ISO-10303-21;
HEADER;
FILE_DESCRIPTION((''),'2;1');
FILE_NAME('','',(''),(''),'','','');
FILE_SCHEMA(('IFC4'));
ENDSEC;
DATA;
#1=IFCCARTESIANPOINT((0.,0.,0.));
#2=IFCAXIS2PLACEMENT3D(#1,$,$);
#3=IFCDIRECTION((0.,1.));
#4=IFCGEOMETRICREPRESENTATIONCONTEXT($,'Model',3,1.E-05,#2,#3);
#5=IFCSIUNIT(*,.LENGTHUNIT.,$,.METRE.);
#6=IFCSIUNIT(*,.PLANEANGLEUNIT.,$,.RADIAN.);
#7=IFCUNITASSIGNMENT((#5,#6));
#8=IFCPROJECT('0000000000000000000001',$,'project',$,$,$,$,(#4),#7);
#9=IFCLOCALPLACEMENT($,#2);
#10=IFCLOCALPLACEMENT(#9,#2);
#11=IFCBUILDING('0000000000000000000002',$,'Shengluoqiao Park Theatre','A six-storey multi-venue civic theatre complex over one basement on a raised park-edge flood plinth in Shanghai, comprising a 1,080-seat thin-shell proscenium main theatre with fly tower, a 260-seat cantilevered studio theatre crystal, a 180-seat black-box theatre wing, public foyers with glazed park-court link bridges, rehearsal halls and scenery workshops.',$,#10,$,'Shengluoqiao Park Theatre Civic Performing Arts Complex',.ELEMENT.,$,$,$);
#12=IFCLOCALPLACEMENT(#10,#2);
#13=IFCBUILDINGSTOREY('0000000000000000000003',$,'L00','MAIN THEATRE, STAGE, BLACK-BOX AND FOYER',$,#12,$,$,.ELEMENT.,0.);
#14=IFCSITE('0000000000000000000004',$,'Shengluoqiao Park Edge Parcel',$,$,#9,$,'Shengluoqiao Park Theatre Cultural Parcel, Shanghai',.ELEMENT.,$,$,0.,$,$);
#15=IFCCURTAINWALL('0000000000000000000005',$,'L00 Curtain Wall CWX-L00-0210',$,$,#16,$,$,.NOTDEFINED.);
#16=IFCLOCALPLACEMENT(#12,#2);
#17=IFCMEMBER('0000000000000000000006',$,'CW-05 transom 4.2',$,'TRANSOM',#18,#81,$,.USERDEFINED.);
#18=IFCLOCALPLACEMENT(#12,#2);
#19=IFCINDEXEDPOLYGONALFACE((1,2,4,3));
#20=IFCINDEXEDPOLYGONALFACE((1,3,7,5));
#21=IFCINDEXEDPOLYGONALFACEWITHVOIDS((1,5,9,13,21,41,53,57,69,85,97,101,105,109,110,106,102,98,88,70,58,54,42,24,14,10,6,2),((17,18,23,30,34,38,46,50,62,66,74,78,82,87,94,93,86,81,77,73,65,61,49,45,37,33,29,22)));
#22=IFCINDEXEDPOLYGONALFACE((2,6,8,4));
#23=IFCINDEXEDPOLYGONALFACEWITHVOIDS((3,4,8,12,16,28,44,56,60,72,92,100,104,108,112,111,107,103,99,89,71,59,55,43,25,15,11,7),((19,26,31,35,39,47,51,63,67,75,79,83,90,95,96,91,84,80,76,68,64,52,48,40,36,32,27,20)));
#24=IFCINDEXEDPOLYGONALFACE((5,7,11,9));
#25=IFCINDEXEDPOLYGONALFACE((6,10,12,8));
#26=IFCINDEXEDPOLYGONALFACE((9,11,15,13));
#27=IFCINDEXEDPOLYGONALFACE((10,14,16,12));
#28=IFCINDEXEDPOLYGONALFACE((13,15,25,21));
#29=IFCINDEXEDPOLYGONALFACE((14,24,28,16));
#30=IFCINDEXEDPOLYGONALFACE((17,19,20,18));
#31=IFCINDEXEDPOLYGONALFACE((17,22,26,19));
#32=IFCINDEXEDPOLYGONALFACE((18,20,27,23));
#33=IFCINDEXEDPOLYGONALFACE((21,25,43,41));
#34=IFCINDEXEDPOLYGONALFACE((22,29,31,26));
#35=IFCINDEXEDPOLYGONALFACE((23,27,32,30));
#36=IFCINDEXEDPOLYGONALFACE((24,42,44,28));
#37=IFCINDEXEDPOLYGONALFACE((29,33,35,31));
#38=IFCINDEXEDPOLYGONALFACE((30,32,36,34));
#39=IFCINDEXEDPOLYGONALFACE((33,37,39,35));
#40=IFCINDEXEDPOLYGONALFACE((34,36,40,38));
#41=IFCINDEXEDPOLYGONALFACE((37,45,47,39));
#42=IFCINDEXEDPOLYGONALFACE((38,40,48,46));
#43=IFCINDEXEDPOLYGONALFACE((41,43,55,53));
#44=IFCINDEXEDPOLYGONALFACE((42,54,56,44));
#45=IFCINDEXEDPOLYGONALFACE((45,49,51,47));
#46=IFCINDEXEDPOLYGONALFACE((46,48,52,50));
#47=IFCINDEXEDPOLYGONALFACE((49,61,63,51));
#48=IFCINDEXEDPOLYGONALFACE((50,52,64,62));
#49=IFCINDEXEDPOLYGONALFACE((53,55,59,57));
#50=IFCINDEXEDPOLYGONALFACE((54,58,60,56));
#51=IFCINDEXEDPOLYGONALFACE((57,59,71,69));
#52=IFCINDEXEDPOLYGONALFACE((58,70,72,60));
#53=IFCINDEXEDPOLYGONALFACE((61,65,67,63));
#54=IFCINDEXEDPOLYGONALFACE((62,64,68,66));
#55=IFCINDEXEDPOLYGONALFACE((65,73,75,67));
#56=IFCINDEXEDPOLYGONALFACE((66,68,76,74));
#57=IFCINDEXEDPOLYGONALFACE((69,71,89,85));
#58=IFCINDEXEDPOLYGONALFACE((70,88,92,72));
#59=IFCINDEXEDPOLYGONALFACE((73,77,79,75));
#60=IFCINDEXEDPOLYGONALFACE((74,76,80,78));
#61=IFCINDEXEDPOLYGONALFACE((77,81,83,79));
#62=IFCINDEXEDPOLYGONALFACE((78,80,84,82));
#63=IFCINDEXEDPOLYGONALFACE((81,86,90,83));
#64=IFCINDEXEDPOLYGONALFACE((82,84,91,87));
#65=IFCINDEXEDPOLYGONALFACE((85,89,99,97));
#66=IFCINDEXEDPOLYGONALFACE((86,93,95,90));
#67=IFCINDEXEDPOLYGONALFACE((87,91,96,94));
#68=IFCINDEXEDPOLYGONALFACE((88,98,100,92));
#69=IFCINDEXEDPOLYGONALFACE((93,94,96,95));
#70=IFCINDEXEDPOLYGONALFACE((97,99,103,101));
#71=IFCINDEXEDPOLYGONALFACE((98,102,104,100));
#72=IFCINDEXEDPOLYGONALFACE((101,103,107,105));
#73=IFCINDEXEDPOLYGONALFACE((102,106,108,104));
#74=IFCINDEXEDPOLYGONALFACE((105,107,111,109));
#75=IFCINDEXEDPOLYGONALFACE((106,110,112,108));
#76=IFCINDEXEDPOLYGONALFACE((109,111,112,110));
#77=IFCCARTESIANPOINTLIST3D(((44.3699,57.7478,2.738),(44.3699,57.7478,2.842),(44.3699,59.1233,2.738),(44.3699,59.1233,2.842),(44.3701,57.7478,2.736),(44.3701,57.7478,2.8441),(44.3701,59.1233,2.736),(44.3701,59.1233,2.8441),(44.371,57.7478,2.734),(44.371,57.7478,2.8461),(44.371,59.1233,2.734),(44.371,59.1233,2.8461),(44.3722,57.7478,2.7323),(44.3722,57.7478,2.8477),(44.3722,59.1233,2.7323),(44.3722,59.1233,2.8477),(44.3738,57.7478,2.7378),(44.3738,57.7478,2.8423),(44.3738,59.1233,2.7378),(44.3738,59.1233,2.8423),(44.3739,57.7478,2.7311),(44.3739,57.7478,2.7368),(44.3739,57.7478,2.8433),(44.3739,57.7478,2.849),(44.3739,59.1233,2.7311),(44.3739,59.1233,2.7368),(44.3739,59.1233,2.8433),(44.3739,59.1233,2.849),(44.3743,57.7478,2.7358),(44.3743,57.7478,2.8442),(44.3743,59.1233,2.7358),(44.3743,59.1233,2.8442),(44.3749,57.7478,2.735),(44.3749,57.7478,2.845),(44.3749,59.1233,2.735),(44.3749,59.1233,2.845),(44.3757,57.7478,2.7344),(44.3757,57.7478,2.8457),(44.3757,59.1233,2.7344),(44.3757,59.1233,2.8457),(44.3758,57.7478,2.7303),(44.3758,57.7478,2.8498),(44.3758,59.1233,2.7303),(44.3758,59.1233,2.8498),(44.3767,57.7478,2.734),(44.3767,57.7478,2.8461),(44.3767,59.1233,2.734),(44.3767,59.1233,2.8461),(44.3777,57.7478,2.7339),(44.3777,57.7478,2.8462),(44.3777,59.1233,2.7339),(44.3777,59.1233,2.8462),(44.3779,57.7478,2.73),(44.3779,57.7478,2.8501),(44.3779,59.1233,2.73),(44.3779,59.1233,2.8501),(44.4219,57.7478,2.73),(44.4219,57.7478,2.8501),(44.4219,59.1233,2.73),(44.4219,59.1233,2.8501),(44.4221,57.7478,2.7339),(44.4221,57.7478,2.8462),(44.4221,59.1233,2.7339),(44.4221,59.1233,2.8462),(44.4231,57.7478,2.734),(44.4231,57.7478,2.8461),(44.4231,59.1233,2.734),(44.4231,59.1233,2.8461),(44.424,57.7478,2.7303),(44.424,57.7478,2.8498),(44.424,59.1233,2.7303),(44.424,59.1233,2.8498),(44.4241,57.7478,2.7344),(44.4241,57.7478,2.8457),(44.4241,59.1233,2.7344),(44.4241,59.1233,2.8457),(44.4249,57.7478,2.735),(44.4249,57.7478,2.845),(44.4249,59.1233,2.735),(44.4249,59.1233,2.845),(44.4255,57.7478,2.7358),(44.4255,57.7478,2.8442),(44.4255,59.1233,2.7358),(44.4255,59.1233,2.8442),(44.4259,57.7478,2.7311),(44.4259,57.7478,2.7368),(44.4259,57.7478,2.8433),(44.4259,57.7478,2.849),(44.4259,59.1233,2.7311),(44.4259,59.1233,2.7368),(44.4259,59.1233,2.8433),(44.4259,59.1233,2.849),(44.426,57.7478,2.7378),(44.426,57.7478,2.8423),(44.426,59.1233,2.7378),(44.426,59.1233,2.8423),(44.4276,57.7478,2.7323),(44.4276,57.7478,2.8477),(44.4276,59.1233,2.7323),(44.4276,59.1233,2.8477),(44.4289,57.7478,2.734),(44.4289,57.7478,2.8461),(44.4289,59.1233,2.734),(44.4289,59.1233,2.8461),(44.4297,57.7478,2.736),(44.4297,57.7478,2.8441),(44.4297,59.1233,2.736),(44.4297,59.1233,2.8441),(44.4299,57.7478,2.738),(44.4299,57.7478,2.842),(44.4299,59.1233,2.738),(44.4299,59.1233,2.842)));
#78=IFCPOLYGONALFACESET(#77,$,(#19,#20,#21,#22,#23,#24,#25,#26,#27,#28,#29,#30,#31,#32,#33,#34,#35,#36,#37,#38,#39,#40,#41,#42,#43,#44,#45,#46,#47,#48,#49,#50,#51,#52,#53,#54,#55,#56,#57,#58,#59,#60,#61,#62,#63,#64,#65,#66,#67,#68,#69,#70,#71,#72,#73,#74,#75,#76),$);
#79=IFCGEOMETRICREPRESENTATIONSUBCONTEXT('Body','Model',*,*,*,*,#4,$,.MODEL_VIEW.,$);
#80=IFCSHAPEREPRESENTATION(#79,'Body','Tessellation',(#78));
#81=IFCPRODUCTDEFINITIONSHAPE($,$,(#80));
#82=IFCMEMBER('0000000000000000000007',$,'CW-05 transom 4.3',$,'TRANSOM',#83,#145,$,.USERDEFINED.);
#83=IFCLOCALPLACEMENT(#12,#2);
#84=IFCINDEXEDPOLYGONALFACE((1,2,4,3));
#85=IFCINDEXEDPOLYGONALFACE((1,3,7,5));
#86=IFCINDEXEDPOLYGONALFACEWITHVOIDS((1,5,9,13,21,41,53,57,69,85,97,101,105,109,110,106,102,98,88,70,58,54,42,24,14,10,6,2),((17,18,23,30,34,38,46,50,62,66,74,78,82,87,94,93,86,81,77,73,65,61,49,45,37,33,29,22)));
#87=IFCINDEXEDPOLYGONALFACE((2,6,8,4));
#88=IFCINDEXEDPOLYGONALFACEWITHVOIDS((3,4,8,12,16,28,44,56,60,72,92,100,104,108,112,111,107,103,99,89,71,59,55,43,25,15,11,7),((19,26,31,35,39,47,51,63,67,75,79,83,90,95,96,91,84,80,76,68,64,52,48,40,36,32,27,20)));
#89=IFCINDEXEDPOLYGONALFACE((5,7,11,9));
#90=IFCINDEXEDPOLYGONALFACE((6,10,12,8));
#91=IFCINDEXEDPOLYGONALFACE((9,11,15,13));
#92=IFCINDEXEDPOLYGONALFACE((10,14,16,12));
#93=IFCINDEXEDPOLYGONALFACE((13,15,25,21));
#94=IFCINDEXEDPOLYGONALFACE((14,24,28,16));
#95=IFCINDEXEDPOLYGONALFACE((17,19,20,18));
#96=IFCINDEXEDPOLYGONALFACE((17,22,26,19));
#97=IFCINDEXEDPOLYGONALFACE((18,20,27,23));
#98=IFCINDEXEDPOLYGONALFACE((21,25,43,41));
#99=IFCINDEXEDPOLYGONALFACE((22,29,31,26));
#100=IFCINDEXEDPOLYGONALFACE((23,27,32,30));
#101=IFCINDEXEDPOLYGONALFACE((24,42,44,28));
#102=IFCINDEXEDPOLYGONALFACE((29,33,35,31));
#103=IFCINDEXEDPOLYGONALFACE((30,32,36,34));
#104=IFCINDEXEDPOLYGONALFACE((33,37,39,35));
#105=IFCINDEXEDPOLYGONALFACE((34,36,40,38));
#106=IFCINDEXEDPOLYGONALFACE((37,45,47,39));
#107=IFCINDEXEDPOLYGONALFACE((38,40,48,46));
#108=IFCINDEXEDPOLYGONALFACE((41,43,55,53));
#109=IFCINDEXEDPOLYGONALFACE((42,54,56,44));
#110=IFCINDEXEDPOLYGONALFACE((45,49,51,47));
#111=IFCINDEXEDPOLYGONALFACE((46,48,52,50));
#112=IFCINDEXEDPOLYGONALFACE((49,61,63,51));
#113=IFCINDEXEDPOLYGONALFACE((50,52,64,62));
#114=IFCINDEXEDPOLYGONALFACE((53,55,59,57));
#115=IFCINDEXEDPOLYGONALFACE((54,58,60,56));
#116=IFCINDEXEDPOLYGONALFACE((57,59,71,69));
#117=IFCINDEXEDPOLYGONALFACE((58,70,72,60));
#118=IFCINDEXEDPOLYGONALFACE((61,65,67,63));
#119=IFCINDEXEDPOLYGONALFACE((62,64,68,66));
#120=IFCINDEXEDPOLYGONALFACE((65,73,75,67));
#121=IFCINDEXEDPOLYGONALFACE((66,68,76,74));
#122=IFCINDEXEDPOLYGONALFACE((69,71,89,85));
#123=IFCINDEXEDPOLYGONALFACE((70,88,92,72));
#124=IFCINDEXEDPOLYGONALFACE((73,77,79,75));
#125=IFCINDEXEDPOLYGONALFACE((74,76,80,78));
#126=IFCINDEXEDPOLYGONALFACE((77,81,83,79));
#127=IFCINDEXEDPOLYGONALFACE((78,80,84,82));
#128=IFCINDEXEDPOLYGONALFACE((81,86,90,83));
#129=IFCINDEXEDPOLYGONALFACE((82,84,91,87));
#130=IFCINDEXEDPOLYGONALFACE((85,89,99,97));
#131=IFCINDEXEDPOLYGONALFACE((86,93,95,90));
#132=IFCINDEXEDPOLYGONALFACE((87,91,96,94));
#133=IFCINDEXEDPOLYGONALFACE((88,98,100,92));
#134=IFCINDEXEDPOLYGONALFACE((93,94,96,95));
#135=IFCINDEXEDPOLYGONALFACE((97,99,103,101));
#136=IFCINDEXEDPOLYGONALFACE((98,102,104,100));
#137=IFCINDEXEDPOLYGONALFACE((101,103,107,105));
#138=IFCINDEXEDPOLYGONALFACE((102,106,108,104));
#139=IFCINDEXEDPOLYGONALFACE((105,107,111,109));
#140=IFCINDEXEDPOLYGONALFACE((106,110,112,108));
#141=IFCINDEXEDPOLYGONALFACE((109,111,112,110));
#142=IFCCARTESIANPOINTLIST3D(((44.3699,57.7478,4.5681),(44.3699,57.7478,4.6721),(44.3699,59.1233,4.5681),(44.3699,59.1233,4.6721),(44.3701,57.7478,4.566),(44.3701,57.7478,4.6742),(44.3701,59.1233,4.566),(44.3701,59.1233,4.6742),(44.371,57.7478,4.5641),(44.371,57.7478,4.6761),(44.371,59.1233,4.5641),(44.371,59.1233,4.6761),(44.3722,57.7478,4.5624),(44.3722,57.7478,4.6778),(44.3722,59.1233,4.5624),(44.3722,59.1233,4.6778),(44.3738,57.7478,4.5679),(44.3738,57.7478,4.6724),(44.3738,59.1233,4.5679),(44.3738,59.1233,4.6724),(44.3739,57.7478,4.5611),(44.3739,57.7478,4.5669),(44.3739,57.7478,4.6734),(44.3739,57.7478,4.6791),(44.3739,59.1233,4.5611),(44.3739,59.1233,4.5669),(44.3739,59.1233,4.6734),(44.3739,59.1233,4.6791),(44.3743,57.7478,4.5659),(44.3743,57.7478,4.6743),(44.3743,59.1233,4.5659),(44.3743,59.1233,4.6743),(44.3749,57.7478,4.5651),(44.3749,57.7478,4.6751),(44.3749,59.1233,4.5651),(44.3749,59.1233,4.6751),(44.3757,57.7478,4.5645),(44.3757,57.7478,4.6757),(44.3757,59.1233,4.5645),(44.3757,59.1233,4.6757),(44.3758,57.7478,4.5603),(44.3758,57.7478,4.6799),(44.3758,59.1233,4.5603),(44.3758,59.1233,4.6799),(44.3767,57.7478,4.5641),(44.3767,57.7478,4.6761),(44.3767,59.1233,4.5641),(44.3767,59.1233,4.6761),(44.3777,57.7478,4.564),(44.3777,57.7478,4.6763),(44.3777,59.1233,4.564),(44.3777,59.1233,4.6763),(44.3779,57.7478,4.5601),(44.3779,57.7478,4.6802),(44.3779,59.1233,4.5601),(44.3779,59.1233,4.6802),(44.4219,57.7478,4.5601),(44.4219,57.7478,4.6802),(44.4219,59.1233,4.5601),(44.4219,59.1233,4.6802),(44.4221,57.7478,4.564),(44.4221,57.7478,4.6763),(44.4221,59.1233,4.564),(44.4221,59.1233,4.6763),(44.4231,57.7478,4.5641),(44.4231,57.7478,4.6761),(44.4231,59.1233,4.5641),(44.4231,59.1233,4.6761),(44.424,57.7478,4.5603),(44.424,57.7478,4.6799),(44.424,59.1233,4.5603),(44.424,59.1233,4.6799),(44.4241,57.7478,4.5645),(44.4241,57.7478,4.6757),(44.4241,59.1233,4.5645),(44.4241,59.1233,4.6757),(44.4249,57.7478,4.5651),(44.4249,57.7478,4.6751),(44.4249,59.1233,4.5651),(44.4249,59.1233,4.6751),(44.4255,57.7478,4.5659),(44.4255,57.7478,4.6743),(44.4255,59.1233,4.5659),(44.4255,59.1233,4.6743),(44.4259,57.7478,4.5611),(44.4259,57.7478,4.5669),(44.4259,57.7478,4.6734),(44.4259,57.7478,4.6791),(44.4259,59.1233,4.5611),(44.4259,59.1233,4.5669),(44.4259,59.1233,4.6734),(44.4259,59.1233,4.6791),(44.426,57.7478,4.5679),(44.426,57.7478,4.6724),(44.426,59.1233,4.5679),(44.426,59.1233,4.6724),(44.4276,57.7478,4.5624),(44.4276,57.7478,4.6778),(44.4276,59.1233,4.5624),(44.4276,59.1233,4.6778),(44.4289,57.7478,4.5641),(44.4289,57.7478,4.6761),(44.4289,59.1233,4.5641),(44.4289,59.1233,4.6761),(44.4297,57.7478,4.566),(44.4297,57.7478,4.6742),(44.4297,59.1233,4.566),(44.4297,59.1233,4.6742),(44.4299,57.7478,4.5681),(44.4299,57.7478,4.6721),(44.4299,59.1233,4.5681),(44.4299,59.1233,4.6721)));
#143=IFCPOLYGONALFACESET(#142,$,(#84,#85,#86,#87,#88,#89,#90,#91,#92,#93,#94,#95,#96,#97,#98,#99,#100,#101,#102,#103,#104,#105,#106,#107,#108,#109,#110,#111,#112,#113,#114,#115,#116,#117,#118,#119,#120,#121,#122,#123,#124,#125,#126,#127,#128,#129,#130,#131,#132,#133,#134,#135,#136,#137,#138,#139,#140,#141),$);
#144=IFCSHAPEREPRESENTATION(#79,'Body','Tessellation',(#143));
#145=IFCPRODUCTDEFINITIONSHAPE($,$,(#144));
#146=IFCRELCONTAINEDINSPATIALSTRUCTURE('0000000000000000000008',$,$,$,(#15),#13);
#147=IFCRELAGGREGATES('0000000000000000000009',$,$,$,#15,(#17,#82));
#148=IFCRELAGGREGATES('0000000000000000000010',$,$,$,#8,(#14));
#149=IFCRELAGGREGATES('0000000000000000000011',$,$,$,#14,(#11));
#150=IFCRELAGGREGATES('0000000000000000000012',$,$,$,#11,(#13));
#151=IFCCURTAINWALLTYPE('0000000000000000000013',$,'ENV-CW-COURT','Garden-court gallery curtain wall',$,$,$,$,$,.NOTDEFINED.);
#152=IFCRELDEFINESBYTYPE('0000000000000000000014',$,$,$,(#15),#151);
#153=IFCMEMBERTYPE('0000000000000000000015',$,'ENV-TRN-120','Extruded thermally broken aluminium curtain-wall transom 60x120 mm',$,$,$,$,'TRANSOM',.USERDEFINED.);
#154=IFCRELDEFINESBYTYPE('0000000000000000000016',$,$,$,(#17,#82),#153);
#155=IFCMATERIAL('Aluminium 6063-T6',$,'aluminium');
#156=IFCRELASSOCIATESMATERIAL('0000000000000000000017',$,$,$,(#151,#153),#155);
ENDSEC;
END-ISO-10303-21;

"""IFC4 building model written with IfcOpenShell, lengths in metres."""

from ifc_helpers import new_model, si_unit, direction, frame, origin, origin_2d, place, context, subcontext, project, spatial, hollow_rectangle, extrude, material, material_profile, profile_set, type_object, element, aggregate, save


model = new_model("IFC4")

# Units and contexts
model_context = context("Model", 3, precision=1e-05, world=origin(), true_north=direction((0.0, 1.0)))
body_context = subcontext(model_context, "Body", "Model", "MODEL_VIEW")
ifc_project = project(units=[si_unit("LENGTHUNIT", "METRE"), si_unit("PLANEANGLEUNIT", "RADIAN")], contexts=[model_context])

# Site, building, storey
site_placement = place(None, origin())
site = spatial("IfcSite", under=ifc_project, at=site_placement, Name="Shengluoqiao Park Edge Parcel", LongName="Shengluoqiao Park Theatre Cultural Parcel, Shanghai", CompositionType="ELEMENT", RefElevation=0.0)
building_placement = place(site_placement, origin())
building = spatial("IfcBuilding", under=site, at=building_placement, Name="Shengluoqiao Park Theatre", Description="A six-storey multi-venue civic theatre complex over one basement on a raised park-edge flood plinth in Shanghai, comprising a 1,080-seat thin-shell proscenium main theatre with fly tower, a 260-seat cantilevered studio theatre crystal, a 180-seat black-box theatre wing, public foyers with glazed park-court link bridges, rehearsal halls and scenery workshops.", LongName="Shengluoqiao Park Theatre Civic Performing Arts Complex", CompositionType="ELEMENT")
storey_placement = place(building_placement, origin())
storey = spatial("IfcBuildingStorey", under=building, at=storey_placement, Name="L00", Description="MAIN THEATRE, STAGE, BLACK-BOX AND FOYER", CompositionType="ELEMENT", Elevation=0.0)

# Curtain wall, members
ifc_material_1 = material(Name="Aluminium 6063-T6", Category="aluminium")
curtain_wall_type = type_object("IfcCurtainWallType", Name="ENV-CW-COURT", Description="Garden-court gallery curtain wall", PredefinedType="NOTDEFINED", material=ifc_material_1)
curtain_wall_placement = place(storey_placement, origin())
curtain_wall = element("IfcCurtainWall", 1, at=curtain_wall_placement, inside=storey, type_object=curtain_wall_type, Name="L00 Curtain Wall CWX-L00-0210", PredefinedType="NOTDEFINED")
ifc_material_profile_1 = material_profile(ifc_material_1, hollow_rectangle(XDim=0.0601, YDim=0.1201, WallThickness=0.0039, InnerFilletRadius=0.0039, OuterFilletRadius=0.0081, at=origin_2d()), Name="ALU TRANSOM 120x60x4")
ifc_profile_set_1 = profile_set([ifc_material_profile_1], Name="Aluminium 6063-T6")
member_type_1 = type_object("IfcMemberType", Name="ENV-TRN-120", Description="Extruded thermally broken aluminium curtain-wall transom 60x120 mm", ElementType="TRANSOM", PredefinedType="USERDEFINED", material=ifc_profile_set_1)
member_1_placement = place(storey_placement, frame((44.3999, 57.7478, 2.79), z_axis=(0.0, 1.0, 0.0), x_axis=(-1.0, 0.0, 0.0)))
member_1 = element("IfcMember", 2, at=member_1_placement, type_object=member_type_1, Name="CW-05 transom 4.2", ObjectType="TRANSOM", PredefinedType="USERDEFINED", context=body_context, shape_type="SweptSolid", body=[
    extrude(hollow_rectangle(XDim=0.0601, YDim=0.1201, WallThickness=0.0039, InnerFilletRadius=0.0039, OuterFilletRadius=0.0081, at=origin_2d()), origin(), (0.0, 0.0, 1.0), 1.3755),
])
member_2_placement = place(storey_placement, frame((44.3999, 57.7478, 4.6201), z_axis=(0.0, 1.0, 0.0), x_axis=(-1.0, 0.0, 0.0)))
member_2 = element("IfcMember", 3, at=member_2_placement, type_object=member_type_1, Name="CW-05 transom 4.3", ObjectType="TRANSOM", PredefinedType="USERDEFINED", context=body_context, shape_type="SweptSolid", body=[
    extrude(hollow_rectangle(XDim=0.0601, YDim=0.1201, WallThickness=0.0039, InnerFilletRadius=0.0039, OuterFilletRadius=0.0081, at=origin_2d()), origin(), (0.0, 0.0, 1.0), 1.3755),
])
aggregate(curtain_wall, [member_1, member_2])

save(model, "model.ifc")
